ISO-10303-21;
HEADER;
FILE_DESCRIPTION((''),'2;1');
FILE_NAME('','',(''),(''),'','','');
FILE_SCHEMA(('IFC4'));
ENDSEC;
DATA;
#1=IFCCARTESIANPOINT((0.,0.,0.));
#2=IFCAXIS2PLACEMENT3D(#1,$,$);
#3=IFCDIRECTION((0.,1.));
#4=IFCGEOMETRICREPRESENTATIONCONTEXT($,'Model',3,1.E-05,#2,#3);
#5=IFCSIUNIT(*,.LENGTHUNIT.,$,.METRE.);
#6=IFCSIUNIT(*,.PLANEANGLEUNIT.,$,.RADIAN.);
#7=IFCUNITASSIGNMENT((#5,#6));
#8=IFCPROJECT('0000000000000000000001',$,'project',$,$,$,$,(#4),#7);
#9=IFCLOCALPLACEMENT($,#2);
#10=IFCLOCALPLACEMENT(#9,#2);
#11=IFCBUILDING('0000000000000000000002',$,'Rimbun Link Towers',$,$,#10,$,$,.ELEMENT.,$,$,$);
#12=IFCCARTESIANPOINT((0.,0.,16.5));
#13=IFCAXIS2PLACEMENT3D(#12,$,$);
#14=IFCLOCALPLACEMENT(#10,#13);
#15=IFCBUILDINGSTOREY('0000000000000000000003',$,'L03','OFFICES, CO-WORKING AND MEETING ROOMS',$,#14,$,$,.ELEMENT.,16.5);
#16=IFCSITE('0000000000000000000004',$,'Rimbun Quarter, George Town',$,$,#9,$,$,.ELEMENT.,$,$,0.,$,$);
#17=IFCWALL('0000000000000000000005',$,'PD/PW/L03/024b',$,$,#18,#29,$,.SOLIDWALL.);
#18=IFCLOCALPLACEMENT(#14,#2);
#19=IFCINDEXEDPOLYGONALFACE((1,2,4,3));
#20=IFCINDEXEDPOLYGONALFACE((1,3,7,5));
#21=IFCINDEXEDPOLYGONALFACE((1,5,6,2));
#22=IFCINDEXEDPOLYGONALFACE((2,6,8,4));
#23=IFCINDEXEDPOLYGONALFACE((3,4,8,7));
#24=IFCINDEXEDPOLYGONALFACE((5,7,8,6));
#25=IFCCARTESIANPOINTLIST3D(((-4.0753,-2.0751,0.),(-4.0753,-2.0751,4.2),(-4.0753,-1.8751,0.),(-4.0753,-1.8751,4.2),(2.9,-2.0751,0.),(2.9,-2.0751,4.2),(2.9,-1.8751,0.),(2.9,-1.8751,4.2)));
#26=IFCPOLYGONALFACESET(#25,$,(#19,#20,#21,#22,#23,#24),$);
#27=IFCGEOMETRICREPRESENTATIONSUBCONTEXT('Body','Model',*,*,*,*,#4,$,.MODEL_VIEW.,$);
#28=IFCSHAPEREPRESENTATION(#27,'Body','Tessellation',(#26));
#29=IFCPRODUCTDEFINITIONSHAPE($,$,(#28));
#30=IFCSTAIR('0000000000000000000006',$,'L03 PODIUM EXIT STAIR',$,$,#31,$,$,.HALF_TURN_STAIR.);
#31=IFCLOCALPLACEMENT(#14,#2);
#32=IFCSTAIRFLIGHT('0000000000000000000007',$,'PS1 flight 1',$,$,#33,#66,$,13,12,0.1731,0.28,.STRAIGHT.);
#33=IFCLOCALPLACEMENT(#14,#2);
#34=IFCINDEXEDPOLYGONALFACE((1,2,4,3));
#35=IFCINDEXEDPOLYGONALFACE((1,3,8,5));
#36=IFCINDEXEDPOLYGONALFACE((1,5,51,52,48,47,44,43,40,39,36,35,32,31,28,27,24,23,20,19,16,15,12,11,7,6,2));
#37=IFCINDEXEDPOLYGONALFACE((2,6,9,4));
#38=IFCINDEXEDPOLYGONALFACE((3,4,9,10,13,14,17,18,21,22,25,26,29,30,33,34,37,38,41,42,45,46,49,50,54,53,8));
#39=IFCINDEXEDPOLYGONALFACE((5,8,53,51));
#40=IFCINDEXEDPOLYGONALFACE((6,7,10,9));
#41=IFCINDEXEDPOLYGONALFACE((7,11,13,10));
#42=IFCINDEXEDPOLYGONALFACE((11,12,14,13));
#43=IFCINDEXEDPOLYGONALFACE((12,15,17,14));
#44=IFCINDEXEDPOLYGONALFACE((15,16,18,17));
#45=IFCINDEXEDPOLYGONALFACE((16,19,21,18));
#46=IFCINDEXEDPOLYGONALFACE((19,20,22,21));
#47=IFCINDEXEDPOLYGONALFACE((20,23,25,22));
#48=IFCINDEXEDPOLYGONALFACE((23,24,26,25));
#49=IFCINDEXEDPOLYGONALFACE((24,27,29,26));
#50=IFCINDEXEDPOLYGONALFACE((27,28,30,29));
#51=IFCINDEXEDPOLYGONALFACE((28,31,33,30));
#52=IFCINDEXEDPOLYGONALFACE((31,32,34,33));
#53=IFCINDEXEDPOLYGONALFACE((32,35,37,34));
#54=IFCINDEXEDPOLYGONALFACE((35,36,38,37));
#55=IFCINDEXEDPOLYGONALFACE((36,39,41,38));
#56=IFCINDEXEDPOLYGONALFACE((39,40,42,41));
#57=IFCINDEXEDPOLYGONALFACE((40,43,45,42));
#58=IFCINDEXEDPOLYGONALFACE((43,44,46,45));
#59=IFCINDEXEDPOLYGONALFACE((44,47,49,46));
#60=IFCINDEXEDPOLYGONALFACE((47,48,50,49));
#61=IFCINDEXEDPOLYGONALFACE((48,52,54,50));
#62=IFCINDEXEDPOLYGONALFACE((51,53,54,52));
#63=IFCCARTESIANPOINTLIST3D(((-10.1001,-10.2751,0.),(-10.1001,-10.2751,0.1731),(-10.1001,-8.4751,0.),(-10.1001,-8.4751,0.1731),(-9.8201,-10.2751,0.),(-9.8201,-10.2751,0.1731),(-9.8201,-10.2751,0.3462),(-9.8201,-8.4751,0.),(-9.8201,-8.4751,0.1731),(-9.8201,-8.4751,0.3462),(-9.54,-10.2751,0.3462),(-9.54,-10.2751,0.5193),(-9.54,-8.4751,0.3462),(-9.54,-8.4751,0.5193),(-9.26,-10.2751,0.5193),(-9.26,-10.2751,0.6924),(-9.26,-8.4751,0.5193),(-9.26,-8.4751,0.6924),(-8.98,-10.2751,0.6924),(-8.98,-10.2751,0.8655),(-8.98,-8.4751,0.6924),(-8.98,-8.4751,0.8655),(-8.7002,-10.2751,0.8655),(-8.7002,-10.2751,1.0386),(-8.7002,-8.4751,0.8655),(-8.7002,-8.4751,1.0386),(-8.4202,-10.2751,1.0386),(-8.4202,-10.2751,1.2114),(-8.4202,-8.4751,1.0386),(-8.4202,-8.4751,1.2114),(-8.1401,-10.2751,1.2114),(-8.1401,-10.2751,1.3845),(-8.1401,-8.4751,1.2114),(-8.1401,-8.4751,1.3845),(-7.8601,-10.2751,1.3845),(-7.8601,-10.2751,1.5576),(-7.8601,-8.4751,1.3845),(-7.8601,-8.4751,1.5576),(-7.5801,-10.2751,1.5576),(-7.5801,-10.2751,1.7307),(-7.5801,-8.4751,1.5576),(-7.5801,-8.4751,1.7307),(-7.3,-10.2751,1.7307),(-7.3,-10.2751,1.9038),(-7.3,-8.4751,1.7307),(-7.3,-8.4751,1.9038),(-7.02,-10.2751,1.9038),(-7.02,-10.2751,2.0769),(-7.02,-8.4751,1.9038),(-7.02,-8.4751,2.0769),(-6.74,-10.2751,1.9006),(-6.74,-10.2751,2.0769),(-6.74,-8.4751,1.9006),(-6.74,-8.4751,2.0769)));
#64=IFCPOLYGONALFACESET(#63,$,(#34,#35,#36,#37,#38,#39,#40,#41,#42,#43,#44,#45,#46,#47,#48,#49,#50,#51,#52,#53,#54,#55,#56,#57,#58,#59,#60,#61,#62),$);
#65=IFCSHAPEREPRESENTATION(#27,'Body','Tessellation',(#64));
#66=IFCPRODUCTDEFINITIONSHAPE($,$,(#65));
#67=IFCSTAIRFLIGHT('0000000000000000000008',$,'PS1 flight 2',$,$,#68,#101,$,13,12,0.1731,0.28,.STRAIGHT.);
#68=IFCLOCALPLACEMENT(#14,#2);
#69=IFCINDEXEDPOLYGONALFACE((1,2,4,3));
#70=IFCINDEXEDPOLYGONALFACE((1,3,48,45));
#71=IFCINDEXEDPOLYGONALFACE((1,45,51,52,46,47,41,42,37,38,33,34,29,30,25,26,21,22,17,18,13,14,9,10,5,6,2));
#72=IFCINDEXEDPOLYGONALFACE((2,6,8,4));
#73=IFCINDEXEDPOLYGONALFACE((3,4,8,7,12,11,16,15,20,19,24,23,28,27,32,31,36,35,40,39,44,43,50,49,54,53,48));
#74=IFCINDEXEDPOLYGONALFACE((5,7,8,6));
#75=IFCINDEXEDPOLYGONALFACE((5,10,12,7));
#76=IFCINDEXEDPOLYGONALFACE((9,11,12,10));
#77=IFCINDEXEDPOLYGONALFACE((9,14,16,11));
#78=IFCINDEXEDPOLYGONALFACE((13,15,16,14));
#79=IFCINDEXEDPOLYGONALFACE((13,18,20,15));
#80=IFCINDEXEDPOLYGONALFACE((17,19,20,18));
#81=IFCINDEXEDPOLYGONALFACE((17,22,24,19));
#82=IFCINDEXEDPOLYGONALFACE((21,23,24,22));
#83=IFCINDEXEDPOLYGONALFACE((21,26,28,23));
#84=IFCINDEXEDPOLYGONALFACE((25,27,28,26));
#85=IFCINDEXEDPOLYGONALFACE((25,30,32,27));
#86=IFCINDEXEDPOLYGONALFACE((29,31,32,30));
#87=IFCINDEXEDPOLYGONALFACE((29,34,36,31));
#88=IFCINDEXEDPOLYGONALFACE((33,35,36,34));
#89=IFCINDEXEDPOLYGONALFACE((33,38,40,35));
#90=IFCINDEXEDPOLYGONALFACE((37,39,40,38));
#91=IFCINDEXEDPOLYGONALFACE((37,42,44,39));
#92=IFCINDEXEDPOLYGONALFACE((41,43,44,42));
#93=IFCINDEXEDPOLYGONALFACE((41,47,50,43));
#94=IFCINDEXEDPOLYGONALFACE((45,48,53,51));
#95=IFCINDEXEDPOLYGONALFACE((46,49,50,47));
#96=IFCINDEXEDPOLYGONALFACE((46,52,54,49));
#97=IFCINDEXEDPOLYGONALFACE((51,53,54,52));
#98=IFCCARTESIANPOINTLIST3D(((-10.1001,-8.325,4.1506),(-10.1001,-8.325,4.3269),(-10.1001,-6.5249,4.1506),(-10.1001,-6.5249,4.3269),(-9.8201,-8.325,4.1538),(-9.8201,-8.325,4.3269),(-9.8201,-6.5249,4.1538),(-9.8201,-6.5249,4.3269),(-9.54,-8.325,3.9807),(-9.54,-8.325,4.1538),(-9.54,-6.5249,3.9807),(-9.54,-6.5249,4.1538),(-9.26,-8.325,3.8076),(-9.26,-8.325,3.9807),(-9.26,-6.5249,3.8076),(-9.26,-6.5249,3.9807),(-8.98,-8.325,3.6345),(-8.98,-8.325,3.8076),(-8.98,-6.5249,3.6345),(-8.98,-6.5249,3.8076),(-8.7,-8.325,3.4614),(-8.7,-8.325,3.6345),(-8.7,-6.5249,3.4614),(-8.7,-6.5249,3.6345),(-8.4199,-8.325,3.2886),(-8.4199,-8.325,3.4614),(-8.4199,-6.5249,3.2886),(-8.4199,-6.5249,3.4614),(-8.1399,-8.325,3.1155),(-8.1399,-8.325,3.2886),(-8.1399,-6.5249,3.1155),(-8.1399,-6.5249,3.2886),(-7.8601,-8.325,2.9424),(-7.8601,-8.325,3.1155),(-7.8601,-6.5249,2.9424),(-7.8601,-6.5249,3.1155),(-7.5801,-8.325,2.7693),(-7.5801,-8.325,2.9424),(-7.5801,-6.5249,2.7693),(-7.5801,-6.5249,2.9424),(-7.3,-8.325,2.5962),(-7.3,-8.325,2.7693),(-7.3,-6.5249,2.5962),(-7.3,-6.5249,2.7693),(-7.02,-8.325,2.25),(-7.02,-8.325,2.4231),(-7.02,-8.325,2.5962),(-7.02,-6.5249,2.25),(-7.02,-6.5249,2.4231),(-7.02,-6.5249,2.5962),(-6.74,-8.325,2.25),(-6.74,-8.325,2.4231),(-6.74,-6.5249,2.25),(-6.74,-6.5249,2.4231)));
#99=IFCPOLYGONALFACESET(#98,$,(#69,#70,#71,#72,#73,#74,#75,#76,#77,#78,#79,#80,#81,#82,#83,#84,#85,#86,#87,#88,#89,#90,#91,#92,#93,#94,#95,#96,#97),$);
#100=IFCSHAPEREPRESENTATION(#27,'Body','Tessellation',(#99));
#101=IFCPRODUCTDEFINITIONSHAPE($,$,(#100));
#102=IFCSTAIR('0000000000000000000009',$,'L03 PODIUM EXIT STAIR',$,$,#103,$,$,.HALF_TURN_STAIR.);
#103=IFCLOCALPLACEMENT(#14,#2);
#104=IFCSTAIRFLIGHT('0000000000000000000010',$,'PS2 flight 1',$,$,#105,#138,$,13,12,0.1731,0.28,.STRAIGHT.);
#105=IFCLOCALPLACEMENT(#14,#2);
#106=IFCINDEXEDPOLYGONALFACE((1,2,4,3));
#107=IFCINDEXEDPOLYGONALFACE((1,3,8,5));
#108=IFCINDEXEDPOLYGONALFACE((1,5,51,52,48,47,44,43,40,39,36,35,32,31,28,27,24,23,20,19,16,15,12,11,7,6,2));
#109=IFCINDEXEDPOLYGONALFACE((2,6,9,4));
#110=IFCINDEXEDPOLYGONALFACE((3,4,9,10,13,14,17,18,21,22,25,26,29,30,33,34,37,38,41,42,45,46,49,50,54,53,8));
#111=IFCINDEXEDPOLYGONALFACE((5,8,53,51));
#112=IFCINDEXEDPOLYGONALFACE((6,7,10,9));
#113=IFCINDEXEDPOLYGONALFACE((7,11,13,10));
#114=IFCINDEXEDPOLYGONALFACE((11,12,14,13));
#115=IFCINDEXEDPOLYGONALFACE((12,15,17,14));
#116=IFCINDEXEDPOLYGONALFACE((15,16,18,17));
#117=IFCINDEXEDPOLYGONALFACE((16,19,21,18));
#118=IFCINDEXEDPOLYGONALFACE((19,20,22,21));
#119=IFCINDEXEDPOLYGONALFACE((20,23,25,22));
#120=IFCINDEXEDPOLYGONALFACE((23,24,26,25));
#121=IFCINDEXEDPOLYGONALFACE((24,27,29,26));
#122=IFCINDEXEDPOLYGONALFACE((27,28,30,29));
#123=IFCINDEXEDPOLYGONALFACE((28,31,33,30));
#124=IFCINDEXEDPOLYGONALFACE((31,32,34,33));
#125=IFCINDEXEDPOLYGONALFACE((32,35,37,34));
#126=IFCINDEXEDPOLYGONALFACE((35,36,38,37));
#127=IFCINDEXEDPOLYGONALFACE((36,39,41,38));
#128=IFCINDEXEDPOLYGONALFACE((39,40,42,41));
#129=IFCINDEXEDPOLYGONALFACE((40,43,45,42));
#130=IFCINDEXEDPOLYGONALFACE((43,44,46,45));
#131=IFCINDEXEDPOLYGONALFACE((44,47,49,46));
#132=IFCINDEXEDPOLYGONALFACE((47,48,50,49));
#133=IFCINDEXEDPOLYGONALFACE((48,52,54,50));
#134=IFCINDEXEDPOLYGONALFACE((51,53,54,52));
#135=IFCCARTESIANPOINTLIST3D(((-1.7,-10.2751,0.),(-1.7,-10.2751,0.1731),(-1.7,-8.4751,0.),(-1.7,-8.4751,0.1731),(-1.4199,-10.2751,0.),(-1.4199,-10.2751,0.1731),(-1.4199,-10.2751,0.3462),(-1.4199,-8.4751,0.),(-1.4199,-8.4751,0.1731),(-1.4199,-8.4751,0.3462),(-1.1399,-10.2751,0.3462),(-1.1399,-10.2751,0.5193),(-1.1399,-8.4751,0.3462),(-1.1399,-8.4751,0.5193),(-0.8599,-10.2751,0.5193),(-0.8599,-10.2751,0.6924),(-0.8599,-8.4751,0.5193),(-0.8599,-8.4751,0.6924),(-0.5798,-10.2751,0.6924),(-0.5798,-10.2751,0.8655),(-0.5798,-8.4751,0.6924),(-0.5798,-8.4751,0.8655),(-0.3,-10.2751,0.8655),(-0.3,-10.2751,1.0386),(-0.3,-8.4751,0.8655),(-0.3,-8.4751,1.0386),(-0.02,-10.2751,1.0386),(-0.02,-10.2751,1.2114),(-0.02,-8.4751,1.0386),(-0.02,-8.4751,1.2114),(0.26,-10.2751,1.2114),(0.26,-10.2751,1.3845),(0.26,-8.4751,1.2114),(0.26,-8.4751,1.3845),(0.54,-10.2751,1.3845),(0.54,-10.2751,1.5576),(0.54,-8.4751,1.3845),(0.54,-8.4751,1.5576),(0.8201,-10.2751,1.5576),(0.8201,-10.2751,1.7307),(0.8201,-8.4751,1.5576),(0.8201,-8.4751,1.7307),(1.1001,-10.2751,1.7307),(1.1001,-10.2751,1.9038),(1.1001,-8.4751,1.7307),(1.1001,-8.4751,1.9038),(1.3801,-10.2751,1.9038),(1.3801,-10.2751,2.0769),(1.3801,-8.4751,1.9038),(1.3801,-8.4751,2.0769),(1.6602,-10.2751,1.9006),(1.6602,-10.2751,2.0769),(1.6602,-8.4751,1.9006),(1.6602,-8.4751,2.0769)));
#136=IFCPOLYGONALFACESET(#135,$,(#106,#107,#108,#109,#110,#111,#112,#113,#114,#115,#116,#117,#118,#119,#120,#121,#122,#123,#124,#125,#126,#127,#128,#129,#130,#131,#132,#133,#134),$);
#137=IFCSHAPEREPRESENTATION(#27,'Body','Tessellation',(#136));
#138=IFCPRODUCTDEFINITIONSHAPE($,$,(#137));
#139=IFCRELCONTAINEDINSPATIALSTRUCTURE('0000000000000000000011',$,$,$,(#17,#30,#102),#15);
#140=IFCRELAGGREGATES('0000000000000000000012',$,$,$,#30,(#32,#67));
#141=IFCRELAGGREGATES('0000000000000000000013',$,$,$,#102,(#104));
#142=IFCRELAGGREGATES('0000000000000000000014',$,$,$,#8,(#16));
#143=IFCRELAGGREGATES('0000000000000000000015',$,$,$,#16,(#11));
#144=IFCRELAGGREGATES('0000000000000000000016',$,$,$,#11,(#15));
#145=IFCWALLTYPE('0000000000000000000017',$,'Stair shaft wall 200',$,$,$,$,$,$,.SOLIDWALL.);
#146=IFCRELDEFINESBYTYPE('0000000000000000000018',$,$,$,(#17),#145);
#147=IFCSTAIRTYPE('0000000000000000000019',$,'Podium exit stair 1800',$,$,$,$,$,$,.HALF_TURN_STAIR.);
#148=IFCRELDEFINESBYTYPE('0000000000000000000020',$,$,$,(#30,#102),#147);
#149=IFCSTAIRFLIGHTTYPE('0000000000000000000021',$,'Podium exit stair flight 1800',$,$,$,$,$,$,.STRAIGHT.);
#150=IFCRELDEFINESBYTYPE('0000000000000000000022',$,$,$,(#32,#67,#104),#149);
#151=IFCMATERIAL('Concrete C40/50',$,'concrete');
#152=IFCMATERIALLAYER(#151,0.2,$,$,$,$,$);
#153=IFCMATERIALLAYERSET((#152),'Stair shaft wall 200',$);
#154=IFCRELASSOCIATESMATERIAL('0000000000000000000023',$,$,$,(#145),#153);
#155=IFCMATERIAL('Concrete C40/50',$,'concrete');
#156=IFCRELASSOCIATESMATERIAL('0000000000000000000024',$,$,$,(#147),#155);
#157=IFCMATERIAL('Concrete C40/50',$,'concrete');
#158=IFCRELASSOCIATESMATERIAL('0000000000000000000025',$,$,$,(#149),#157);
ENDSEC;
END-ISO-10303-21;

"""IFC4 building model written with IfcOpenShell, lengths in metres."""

from ifc_helpers import new_model, si_unit, direction, frame, frame_2d, origin, place, context, subcontext, project, spatial, polyline, rectangle, outline, extrude, material, layer, layer_set, type_object, element, aggregate, save


model = new_model("IFC4")

# Units and contexts
model_context = context("Model", 3, precision=1e-05, world=origin(), true_north=direction((0.0, 1.0)))
body_context = subcontext(model_context, "Body", "Model", "MODEL_VIEW")
ifc_project = project(units=[si_unit("LENGTHUNIT", "METRE"), si_unit("PLANEANGLEUNIT", "RADIAN")], contexts=[model_context])

# Site, building, storey
site_placement = place(None, origin())
site = spatial("IfcSite", under=ifc_project, at=site_placement, Name="Rimbun Quarter, George Town", CompositionType="ELEMENT", RefElevation=0.0)
building_placement = place(site_placement, origin())
building = spatial("IfcBuilding", under=site, at=building_placement, Name="Rimbun Link Towers", CompositionType="ELEMENT")
storey_placement = place(building_placement, frame((0.0, 0.0, 16.5)))
storey = spatial("IfcBuildingStorey", under=building, at=storey_placement, Name="L03", Description="OFFICES, CO-WORKING AND MEETING ROOMS", CompositionType="ELEMENT", Elevation=16.5)

# Shared definitions
ifc_material_1 = material(Name="Concrete C40/50", Category="concrete")
ifc_layer = layer(ifc_material_1, 0.2)
ifc_layer_set = layer_set([ifc_layer], Name="Stair shaft wall 200")
wall_type = type_object("IfcWallType", Name="Stair shaft wall 200", PredefinedType="SOLIDWALL", material=ifc_layer_set)

# Wall
wall_1_placement = place(storey_placement, frame((-4.0754, -1.9751, 0.0), z_axis=(0.0, 0.0, 1.0), x_axis=(1.0, 0.0, 0.0)))
element("IfcWall", 1, at=wall_1_placement, inside=storey, type_object=wall_type, Name="PD/PW/L03/024b", PredefinedType="SOLIDWALL", context=body_context, shape_type="SweptSolid", body=[
    extrude(rectangle(XDim=6.9753, YDim=0.2, at=frame_2d((3.4878, 0.0))), origin(), (0.0, 0.0, 1.0), 4.2),
])

# Stair, stair flights
ifc_material_2 = material(Name="Concrete C40/50", Category="concrete")
stair_type = type_object("IfcStairType", Name="Podium exit stair 1800", PredefinedType="HALF_TURN_STAIR", material=ifc_material_2)
stair_1_placement = place(storey_placement, origin())
stair_1 = element("IfcStair", 2, at=stair_1_placement, inside=storey, type_object=stair_type, Name="L03 PODIUM EXIT STAIR", PredefinedType="HALF_TURN_STAIR")
ifc_material_3 = material(Name="Concrete C40/50", Category="concrete")
stair_flight_type = type_object("IfcStairFlightType", Name="Podium exit stair flight 1800", PredefinedType="STRAIGHT", material=ifc_material_3)
stair_flight_1_placement = place(storey_placement, frame((-10.1001, -9.375, 0.0), z_axis=(0.0, 0.0, 1.0), x_axis=(1.0, 0.0, 0.0)))
stair_flight_1 = element("IfcStairFlight", 3, at=stair_flight_1_placement, type_object=stair_flight_type, Name="PS1 flight 1", NumberOfRisers=13, NumberOfTreads=12, PredefinedType="STRAIGHT", RiserHeight=0.1731, TreadLength=0.28, context=body_context, shape_type="SweptSolid", body=[
    extrude(outline(polyline([(0.0, 0.0), (0.0, 0.1731), (0.28, 0.1731), (0.28, 0.3462), (0.5601, 0.3462), (0.5601, 0.5193), (0.8401, 0.5193), (0.8401, 0.6924), (1.1201, 0.6924), (1.1201, 0.8655), (1.3999, 0.8655), (1.3999, 1.0386), (1.6799, 1.0386), (1.6799, 1.2114), (1.96, 1.2114), (1.96, 1.3845), (2.24, 1.3845), (2.24, 1.5576), (2.52, 1.5576), (2.52, 1.7307), (2.8, 1.7307), (2.8, 1.9038), (3.0801, 1.9038), (3.0801, 2.0769), (3.3601, 2.0769), (3.3601, 2.25), (3.3601, 1.9006), (0.28, 0.0), (0.0, 0.0)])), frame((0.0, 0.8999, 0.0), z_axis=(0.0, -1.0, 0.0), x_axis=(1.0, 0.0, 0.0)), (0.0, 0.0, 1.0), 1.8),
])
stair_flight_2_placement = place(storey_placement, frame((-6.74, -7.425, 2.25), z_axis=(0.0, 0.0, 1.0), x_axis=(-1.0, 0.0, 0.0)))
stair_flight_2 = element("IfcStairFlight", 4, at=stair_flight_2_placement, type_object=stair_flight_type, Name="PS1 flight 2", NumberOfRisers=13, NumberOfTreads=12, PredefinedType="STRAIGHT", RiserHeight=0.1731, TreadLength=0.28, context=body_context, shape_type="SweptSolid", body=[
    extrude(outline(polyline([(0.0, 0.0), (0.0, 0.1731), (0.28, 0.1731), (0.28, 0.3462), (0.5601, 0.3462), (0.5601, 0.5193), (0.8401, 0.5193), (0.8401, 0.6924), (1.1201, 0.6924), (1.1201, 0.8655), (1.3999, 0.8655), (1.3999, 1.0386), (1.6799, 1.0386), (1.6799, 1.2114), (1.96, 1.2114), (1.96, 1.3845), (2.24, 1.3845), (2.24, 1.5576), (2.52, 1.5576), (2.52, 1.7307), (2.8, 1.7307), (2.8, 1.9038), (3.0801, 1.9038), (3.0801, 2.0769), (3.3601, 2.0769), (3.3601, 2.25), (3.3601, 1.9006), (0.28, 0.0), (0.0, 0.0)])), frame((0.0, 0.8999, 0.0), z_axis=(0.0, -1.0, 0.0), x_axis=(1.0, 0.0, 0.0)), (0.0, 0.0, 1.0), 1.8),
])
aggregate(stair_1, [stair_flight_1, stair_flight_2])

# Stair, stair flight
stair_2_placement = place(storey_placement, origin())
stair_2 = element("IfcStair", 5, at=stair_2_placement, inside=storey, type_object=stair_type, Name="L03 PODIUM EXIT STAIR", PredefinedType="HALF_TURN_STAIR")
stair_flight_3_placement = place(storey_placement, frame((-1.7, -9.375, 0.0), z_axis=(0.0, 0.0, 1.0), x_axis=(1.0, 0.0, 0.0)))
stair_flight_3 = element("IfcStairFlight", 6, at=stair_flight_3_placement, type_object=stair_flight_type, Name="PS2 flight 1", NumberOfRisers=13, NumberOfTreads=12, PredefinedType="STRAIGHT", RiserHeight=0.1731, TreadLength=0.28, context=body_context, shape_type="SweptSolid", body=[
    extrude(outline(polyline([(0.0, 0.0), (0.0, 0.1731), (0.28, 0.1731), (0.28, 0.3462), (0.5601, 0.3462), (0.5601, 0.5193), (0.8401, 0.5193), (0.8401, 0.6924), (1.1201, 0.6924), (1.1201, 0.8655), (1.3999, 0.8655), (1.3999, 1.0386), (1.6799, 1.0386), (1.6799, 1.2114), (1.96, 1.2114), (1.96, 1.3845), (2.24, 1.3845), (2.24, 1.5576), (2.52, 1.5576), (2.52, 1.7307), (2.8, 1.7307), (2.8, 1.9038), (3.0801, 1.9038), (3.0801, 2.0769), (3.3601, 2.0769), (3.3601, 2.25), (3.3601, 1.9006), (0.28, 0.0), (0.0, 0.0)])), frame((0.0, 0.8999, 0.0), z_axis=(0.0, -1.0, 0.0), x_axis=(1.0, 0.0, 0.0)), (0.0, 0.0, 1.0), 1.8),
])
aggregate(stair_2, [stair_flight_3])

save(model, "model.ifc")
